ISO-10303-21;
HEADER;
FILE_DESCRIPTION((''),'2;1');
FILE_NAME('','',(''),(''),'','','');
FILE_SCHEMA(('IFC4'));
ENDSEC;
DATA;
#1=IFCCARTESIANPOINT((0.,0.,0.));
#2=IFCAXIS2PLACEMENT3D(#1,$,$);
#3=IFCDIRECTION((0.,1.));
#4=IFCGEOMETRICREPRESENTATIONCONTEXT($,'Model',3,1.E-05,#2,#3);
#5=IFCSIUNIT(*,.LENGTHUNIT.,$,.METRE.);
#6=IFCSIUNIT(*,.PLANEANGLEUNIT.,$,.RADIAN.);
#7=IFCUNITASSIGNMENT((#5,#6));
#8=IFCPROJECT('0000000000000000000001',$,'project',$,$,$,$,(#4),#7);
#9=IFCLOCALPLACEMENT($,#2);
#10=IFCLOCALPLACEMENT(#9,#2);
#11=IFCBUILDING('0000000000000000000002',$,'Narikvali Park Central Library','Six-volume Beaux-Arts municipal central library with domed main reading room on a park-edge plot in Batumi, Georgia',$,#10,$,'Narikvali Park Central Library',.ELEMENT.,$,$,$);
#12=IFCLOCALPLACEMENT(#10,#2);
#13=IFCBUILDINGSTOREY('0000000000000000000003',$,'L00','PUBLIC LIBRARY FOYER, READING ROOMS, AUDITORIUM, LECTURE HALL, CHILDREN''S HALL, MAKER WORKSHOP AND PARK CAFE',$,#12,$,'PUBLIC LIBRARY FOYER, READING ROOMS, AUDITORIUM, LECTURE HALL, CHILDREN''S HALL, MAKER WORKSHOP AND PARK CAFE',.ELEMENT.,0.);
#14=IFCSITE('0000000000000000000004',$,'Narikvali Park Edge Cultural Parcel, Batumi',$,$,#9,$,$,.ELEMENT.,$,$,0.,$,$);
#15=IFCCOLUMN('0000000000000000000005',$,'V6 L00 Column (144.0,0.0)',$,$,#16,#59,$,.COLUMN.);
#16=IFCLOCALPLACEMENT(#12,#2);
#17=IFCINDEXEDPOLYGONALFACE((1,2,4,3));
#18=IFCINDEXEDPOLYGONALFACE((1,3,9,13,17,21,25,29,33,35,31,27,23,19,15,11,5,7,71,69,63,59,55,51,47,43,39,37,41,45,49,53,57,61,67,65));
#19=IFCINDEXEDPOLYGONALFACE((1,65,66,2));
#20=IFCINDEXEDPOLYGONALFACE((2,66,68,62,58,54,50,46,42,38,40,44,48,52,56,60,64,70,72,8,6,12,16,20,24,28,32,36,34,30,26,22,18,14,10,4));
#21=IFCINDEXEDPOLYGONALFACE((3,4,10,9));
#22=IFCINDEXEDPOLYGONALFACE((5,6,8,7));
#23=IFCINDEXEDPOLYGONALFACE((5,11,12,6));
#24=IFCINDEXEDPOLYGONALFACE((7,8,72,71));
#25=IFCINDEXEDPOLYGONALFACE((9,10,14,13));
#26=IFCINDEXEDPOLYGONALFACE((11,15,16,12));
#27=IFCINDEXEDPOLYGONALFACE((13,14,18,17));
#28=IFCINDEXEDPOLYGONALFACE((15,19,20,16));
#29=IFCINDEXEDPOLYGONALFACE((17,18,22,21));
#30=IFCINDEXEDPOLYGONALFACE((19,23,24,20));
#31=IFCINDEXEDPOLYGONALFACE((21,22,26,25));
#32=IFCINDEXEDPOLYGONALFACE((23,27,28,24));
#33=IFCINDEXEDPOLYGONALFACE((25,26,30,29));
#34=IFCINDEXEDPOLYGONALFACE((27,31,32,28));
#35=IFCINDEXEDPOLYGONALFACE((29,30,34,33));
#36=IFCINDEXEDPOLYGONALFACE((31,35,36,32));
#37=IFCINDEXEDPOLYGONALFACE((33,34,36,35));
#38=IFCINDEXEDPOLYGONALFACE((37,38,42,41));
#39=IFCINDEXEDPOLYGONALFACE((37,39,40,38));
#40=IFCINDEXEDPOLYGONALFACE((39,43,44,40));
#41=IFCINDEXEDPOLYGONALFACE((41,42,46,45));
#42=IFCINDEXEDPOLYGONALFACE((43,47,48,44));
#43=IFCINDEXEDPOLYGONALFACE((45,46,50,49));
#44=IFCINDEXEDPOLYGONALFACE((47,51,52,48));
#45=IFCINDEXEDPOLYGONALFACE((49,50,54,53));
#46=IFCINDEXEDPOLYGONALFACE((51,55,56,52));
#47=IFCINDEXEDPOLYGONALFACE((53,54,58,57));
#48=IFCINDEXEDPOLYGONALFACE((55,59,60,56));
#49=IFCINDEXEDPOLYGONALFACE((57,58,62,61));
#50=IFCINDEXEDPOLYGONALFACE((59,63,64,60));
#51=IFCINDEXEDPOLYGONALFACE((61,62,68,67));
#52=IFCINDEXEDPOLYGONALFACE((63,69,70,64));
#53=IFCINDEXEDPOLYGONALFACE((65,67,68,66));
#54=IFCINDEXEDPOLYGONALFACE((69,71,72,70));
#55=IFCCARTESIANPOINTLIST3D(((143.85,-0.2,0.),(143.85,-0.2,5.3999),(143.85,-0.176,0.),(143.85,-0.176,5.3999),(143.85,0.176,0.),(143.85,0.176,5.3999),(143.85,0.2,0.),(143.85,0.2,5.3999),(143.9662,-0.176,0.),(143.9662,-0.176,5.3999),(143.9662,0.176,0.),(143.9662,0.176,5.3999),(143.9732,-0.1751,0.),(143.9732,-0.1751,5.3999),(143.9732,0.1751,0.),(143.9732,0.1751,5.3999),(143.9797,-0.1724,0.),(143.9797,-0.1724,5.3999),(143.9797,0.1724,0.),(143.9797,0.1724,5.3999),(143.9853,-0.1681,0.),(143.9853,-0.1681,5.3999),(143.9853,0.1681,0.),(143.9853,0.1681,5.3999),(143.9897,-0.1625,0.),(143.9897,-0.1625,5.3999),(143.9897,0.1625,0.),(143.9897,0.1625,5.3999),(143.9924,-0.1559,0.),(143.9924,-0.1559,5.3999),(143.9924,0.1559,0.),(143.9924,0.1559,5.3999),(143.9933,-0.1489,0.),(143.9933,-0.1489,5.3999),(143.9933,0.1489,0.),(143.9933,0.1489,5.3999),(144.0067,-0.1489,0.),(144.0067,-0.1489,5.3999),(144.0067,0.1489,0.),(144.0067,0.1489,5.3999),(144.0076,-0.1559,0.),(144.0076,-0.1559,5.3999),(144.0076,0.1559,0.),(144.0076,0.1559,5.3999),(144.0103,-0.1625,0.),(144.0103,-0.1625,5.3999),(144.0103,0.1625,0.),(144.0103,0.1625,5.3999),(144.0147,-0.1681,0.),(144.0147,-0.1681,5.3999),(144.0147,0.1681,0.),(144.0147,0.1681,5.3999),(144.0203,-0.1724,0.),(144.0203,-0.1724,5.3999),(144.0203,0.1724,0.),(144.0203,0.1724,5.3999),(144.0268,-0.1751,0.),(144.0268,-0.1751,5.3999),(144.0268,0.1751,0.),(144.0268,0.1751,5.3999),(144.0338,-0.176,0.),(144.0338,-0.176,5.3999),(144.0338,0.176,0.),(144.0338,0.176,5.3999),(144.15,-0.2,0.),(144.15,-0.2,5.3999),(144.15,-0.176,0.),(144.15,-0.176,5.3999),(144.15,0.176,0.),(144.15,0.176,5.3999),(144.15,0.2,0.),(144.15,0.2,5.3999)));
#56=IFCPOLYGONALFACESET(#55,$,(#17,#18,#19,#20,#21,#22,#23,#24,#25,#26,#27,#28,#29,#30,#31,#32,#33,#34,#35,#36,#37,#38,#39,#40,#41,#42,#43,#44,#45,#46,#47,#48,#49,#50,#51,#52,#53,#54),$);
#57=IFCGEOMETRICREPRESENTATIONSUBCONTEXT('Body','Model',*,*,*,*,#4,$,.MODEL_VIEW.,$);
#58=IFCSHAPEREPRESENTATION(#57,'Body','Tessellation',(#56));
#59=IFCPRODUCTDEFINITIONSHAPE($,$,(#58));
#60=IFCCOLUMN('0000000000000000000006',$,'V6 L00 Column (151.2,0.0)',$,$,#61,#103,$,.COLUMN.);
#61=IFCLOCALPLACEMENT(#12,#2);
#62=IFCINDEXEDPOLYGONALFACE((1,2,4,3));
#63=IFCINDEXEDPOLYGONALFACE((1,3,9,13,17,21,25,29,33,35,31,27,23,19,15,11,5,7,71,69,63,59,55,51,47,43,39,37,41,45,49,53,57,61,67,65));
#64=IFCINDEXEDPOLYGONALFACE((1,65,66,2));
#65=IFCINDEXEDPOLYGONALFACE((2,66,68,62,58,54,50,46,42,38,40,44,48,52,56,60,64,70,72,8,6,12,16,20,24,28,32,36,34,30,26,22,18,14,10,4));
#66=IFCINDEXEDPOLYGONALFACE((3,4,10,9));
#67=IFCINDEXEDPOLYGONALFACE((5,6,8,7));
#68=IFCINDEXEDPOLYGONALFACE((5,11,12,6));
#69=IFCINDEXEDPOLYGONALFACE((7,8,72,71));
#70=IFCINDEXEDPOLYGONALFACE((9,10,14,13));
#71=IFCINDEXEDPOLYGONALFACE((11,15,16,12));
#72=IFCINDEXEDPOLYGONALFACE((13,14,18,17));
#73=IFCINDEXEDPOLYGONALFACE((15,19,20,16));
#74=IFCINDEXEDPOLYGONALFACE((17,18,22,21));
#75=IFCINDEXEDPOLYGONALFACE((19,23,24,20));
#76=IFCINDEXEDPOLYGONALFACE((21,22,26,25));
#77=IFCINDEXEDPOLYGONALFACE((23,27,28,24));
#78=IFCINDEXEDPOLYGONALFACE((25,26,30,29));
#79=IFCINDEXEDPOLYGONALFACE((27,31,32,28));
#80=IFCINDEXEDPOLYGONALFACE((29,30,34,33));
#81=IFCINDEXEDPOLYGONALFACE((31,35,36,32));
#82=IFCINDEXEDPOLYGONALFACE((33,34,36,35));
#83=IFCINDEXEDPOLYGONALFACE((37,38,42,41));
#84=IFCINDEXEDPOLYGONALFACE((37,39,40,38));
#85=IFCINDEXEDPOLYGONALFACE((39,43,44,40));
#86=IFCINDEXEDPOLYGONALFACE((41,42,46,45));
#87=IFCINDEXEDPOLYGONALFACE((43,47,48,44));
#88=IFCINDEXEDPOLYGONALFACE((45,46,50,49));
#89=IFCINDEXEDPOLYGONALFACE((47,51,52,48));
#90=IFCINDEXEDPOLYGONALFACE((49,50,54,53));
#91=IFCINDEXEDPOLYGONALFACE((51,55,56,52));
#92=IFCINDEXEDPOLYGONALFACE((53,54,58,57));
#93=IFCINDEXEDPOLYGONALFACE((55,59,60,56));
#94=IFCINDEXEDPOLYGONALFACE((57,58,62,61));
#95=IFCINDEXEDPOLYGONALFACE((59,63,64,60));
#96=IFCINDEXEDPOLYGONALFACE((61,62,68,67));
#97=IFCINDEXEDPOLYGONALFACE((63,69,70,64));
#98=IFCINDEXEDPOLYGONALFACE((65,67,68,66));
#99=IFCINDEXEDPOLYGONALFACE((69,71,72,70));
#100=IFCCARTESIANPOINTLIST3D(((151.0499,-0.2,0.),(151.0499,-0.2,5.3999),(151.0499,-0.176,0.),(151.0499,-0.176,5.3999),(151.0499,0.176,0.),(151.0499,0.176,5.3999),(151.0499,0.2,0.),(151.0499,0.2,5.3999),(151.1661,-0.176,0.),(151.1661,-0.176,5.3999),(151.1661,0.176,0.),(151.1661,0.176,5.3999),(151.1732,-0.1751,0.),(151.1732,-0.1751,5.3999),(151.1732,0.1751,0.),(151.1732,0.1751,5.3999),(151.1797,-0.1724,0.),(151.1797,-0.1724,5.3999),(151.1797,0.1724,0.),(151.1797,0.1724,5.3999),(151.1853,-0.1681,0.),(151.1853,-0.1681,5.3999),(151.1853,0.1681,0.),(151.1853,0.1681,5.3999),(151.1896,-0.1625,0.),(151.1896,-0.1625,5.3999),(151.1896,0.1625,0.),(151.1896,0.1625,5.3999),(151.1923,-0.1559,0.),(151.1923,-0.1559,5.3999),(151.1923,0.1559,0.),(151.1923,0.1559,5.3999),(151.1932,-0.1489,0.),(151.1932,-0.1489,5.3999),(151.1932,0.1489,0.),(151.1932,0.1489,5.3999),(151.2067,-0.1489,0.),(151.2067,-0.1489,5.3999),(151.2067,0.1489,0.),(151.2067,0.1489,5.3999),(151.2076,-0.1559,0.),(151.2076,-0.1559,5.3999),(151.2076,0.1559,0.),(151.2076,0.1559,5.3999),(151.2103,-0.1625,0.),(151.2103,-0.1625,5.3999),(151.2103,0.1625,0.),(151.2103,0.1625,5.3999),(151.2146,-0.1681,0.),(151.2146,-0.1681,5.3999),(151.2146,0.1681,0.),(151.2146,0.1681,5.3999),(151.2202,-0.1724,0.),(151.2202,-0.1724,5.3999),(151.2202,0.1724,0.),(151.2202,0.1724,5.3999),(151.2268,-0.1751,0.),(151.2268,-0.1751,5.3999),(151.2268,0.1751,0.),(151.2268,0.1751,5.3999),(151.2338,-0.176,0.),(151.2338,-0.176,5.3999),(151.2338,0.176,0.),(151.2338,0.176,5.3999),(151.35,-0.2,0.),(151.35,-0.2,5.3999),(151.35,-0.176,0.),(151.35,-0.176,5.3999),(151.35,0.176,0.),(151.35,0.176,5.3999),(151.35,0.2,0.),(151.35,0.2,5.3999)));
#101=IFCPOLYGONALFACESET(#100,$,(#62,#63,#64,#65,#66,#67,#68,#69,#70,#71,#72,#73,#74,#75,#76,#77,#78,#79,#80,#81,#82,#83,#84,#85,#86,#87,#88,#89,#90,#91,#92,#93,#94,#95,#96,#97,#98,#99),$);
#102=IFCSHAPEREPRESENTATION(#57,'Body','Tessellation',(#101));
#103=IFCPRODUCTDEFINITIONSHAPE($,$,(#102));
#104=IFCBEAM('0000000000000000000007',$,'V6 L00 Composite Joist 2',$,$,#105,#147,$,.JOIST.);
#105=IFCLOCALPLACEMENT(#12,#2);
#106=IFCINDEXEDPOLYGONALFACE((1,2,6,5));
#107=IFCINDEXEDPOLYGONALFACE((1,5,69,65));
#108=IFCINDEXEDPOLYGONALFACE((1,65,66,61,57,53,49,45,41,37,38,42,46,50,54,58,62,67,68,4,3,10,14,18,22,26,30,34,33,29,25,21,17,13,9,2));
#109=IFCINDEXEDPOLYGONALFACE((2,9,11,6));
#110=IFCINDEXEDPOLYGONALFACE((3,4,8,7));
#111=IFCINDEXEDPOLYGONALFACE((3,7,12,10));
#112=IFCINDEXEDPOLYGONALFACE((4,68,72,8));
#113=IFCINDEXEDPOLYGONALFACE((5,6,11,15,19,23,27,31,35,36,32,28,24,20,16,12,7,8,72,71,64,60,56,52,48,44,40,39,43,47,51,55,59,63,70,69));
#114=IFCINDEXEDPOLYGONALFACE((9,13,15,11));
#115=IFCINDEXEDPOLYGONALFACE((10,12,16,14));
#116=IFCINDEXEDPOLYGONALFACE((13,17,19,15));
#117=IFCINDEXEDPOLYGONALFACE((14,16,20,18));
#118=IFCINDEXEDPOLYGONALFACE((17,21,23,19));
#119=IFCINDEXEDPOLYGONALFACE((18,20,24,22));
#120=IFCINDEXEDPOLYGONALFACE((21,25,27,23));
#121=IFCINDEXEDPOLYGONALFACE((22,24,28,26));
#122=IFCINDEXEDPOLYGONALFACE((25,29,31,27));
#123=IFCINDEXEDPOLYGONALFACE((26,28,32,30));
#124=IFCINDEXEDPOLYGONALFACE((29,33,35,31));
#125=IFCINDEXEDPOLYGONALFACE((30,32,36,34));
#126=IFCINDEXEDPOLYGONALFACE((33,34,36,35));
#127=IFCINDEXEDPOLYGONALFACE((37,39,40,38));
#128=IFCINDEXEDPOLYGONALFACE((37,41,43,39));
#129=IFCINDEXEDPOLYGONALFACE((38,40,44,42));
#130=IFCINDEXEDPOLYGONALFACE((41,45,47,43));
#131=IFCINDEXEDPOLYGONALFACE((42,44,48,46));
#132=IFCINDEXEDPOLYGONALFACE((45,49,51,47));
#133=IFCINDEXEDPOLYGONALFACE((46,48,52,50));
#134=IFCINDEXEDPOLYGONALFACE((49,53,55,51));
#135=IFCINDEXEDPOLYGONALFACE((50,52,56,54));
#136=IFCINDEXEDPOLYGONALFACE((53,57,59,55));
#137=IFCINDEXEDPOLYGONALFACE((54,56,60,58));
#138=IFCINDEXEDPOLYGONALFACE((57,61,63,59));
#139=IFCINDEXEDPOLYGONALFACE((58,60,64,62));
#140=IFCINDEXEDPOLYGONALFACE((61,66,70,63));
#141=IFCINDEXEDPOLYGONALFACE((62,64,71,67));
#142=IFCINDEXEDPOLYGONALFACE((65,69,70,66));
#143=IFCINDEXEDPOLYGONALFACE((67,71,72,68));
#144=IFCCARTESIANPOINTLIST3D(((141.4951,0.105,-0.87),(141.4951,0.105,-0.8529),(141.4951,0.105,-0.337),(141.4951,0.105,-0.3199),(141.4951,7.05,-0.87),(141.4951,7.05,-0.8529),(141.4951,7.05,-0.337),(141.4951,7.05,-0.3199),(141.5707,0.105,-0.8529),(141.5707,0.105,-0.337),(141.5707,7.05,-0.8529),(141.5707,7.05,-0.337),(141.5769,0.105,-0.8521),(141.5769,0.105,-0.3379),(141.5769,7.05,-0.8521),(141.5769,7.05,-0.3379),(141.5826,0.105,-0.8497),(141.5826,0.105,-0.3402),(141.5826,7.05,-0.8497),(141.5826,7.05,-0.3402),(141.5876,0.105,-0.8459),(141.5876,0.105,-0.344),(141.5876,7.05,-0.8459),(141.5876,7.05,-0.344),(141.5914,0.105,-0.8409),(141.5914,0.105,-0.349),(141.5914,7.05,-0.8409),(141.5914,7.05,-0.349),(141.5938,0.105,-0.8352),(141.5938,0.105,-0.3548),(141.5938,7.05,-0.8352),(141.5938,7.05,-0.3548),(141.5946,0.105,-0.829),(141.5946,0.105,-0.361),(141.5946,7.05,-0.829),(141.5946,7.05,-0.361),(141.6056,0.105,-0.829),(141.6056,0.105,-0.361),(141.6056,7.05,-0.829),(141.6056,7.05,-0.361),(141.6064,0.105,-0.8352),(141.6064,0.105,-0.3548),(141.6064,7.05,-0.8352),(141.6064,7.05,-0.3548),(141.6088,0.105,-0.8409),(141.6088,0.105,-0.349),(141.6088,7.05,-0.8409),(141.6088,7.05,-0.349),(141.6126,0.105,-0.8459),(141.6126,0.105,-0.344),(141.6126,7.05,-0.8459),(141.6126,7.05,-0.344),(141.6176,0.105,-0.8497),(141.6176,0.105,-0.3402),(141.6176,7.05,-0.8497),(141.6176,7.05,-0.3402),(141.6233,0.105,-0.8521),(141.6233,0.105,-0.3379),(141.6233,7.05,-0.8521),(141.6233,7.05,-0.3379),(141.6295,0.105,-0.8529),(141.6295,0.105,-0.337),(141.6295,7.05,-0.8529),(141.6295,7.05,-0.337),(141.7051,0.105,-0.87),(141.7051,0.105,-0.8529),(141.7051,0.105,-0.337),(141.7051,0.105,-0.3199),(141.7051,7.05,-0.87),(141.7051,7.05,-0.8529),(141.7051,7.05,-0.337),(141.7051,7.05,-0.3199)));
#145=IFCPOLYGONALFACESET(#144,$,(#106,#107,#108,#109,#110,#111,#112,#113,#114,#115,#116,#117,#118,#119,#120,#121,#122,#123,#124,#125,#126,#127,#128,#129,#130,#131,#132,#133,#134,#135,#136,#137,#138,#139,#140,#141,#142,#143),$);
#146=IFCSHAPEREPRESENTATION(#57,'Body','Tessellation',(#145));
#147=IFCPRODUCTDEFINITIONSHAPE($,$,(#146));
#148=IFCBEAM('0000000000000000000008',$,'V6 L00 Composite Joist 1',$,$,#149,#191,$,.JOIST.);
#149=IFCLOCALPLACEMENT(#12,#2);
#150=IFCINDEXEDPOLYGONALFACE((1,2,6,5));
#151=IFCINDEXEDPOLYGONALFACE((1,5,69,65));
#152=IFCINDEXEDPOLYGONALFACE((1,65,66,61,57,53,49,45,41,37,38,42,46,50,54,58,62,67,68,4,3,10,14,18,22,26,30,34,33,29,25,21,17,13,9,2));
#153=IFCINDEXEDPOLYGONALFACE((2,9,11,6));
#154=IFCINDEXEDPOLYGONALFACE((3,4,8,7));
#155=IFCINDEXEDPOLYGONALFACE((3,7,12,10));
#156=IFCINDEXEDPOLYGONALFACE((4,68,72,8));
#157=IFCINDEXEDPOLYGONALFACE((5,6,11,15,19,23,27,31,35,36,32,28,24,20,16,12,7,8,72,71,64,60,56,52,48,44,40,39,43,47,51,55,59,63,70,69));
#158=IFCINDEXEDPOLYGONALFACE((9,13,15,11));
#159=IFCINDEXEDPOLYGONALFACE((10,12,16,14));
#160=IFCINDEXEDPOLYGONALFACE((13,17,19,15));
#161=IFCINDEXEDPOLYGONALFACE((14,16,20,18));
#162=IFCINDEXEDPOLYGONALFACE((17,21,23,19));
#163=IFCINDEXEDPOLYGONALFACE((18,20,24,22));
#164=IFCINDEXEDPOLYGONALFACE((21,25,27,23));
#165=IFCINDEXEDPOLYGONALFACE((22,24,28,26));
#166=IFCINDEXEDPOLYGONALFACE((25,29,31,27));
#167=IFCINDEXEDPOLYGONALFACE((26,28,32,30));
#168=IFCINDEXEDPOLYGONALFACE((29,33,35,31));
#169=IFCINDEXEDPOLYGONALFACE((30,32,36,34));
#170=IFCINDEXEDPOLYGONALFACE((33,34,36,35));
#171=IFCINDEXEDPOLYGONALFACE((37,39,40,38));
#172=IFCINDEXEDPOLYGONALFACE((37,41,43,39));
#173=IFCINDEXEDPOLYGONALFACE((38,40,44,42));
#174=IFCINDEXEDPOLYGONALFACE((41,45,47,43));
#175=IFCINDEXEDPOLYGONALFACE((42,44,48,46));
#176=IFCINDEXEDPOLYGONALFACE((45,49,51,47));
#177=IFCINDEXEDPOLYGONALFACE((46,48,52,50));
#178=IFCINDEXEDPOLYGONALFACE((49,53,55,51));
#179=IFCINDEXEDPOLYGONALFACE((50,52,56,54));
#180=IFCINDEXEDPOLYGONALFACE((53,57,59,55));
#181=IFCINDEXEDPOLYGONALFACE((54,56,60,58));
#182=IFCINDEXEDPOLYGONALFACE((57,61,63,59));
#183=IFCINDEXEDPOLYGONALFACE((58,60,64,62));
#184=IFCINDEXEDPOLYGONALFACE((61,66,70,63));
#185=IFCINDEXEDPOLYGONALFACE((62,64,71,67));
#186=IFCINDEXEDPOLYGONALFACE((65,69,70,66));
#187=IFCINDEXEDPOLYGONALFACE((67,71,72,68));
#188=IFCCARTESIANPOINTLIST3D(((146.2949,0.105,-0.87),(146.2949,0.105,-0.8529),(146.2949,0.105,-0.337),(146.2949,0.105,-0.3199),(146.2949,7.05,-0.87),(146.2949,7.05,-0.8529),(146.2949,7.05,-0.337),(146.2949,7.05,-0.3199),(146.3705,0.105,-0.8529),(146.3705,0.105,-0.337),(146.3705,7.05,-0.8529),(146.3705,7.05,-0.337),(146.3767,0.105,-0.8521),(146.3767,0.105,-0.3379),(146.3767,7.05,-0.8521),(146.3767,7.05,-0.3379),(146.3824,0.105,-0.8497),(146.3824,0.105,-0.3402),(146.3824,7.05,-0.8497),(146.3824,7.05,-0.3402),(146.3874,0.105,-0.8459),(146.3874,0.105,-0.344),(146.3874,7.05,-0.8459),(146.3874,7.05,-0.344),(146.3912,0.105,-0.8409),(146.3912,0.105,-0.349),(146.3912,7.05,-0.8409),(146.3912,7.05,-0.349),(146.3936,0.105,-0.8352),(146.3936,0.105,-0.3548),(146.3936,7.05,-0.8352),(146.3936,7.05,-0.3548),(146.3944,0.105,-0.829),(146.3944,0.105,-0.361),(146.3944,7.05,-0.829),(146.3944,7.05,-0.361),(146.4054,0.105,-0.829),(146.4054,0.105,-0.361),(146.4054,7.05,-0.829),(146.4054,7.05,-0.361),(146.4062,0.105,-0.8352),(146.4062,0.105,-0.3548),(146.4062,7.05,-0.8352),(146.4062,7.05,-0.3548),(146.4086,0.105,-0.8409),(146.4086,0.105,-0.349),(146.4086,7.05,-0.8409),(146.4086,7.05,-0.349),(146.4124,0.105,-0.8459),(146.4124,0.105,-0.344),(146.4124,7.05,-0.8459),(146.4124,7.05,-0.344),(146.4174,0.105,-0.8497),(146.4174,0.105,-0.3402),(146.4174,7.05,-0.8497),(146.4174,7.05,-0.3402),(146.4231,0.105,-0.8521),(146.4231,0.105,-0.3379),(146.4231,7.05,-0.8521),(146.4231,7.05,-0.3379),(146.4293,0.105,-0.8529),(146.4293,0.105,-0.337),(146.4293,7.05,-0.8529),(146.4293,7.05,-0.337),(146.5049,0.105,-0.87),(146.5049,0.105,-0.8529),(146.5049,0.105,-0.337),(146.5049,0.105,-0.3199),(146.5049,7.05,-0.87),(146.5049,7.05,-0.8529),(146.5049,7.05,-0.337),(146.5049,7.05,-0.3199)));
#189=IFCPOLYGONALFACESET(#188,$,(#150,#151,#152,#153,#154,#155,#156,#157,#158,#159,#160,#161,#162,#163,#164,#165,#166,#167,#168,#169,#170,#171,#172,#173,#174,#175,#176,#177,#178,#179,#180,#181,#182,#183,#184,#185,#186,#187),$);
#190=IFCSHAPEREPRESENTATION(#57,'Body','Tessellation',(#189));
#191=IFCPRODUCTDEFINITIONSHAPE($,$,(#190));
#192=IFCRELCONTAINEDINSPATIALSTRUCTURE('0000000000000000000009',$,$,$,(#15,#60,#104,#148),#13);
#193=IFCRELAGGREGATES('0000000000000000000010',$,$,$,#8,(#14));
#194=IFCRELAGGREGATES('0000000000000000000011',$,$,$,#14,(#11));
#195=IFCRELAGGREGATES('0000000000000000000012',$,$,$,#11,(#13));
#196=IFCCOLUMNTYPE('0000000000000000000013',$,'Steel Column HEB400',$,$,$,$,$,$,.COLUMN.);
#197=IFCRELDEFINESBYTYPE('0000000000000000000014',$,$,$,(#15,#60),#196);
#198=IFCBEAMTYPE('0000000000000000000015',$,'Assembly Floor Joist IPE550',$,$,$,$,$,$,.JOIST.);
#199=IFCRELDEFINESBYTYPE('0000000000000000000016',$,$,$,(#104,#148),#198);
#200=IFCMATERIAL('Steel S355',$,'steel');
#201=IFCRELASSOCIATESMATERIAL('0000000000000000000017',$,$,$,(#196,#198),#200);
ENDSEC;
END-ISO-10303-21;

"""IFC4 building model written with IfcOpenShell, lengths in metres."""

from ifc_helpers import new_model, si_unit, direction, frame, origin, origin_2d, place, context, subcontext, project, spatial, i_section, extrude, material, material_profile, profile_set, type_object, element, save


model = new_model("IFC4")

# Units and contexts
model_context = context("Model", 3, precision=1e-05, world=origin(), true_north=direction((0.0, 1.0)))
body_context = subcontext(model_context, "Body", "Model", "MODEL_VIEW")
ifc_project = project(units=[si_unit("LENGTHUNIT", "METRE"), si_unit("PLANEANGLEUNIT", "RADIAN")], contexts=[model_context])

# Site, building, storey
site_placement = place(None, origin())
site = spatial("IfcSite", under=ifc_project, at=site_placement, Name="Narikvali Park Edge Cultural Parcel, Batumi", CompositionType="ELEMENT", RefElevation=0.0)
building_placement = place(site_placement, origin())
building = spatial("IfcBuilding", under=site, at=building_placement, Name="Narikvali Park Central Library", Description="Six-volume Beaux-Arts municipal central library with domed main reading room on a park-edge plot in Batumi, Georgia", LongName="Narikvali Park Central Library", CompositionType="ELEMENT")
storey_placement = place(building_placement, origin())
storey = spatial("IfcBuildingStorey", under=building, at=storey_placement, Name="L00", Description="PUBLIC LIBRARY FOYER, READING ROOMS, AUDITORIUM, LECTURE HALL, CHILDREN'S HALL, MAKER WORKSHOP AND PARK CAFE", LongName="PUBLIC LIBRARY FOYER, READING ROOMS, AUDITORIUM, LECTURE HALL, CHILDREN'S HALL, MAKER WORKSHOP AND PARK CAFE", CompositionType="ELEMENT", Elevation=0.0)

# Columns
ifc_material_1 = material(Name="Steel S355", Category="steel")
ifc_material_profile_1 = material_profile(ifc_material_1, i_section(OverallWidth=0.3, OverallDepth=0.3999, WebThickness=0.0134, FlangeThickness=0.0239, FilletRadius=0.0271, at=origin_2d()), Name="HEB 400")
ifc_profile_set_1 = profile_set([ifc_material_profile_1], Name="Steel S355")
column_type = type_object("IfcColumnType", Name="Steel Column HEB400", PredefinedType="COLUMN", material=ifc_profile_set_1)
for number, where, z_axis, x_axis, name in (
    (1, (144.0, 0.0, 0.0), (0.0, 0.0, 1.0), (1.0, 0.0, 0.0), "V6 L00 Column (144.0,0.0)"),
    (2, (151.2, 0.0, 0.0), (0.0, 0.0, 1.0), (1.0, 0.0, 0.0), "V6 L00 Column (151.2,0.0)"),
):
    element("IfcColumn", number, at=place(storey_placement, frame(where, z_axis=z_axis, x_axis=x_axis)), inside=storey, type_object=column_type, Name=name, PredefinedType="COLUMN", context=body_context, shape_type="SweptSolid", body=[
        extrude(i_section(OverallWidth=0.3, OverallDepth=0.3999, WebThickness=0.0134, FlangeThickness=0.0239, FilletRadius=0.0271, at=origin_2d()), origin(), (0.0, 0.0, 1.0), 5.3999),
    ])

# Beams
ifc_material_profile_2 = material_profile(ifc_material_1, i_section(OverallWidth=0.21, OverallDepth=0.55, WebThickness=0.011, FlangeThickness=0.0171, FilletRadius=0.0239, at=origin_2d()), Name="IPE 550")
ifc_profile_set_2 = profile_set([ifc_material_profile_2], Name="Steel S355")
beam_type_1 = type_object("IfcBeamType", Name="Assembly Floor Joist IPE550", PredefinedType="JOIST", material=ifc_profile_set_2)
for number, where, z_axis, x_axis, name in (
    (3, (141.6001, 0.105, -0.595), (0.0, 1.0, 0.0), (-1.0, 0.0, 0.0), "V6 L00 Composite Joist 2"),
    (4, (146.3999, 0.105, -0.595), (0.0, 1.0, 0.0), (-1.0, 0.0, 0.0), "V6 L00 Composite Joist 1"),
):
    element("IfcBeam", number, at=place(storey_placement, frame(where, z_axis=z_axis, x_axis=x_axis)), inside=storey, type_object=beam_type_1, Name=name, PredefinedType="JOIST", context=body_context, shape_type="SweptSolid", body=[
        extrude(i_section(OverallWidth=0.21, OverallDepth=0.55, WebThickness=0.011, FlangeThickness=0.0171, FilletRadius=0.0239, at=origin_2d()), origin(), (0.0, 0.0, 1.0), 6.9451),
    ])

save(model, "model.ifc")
